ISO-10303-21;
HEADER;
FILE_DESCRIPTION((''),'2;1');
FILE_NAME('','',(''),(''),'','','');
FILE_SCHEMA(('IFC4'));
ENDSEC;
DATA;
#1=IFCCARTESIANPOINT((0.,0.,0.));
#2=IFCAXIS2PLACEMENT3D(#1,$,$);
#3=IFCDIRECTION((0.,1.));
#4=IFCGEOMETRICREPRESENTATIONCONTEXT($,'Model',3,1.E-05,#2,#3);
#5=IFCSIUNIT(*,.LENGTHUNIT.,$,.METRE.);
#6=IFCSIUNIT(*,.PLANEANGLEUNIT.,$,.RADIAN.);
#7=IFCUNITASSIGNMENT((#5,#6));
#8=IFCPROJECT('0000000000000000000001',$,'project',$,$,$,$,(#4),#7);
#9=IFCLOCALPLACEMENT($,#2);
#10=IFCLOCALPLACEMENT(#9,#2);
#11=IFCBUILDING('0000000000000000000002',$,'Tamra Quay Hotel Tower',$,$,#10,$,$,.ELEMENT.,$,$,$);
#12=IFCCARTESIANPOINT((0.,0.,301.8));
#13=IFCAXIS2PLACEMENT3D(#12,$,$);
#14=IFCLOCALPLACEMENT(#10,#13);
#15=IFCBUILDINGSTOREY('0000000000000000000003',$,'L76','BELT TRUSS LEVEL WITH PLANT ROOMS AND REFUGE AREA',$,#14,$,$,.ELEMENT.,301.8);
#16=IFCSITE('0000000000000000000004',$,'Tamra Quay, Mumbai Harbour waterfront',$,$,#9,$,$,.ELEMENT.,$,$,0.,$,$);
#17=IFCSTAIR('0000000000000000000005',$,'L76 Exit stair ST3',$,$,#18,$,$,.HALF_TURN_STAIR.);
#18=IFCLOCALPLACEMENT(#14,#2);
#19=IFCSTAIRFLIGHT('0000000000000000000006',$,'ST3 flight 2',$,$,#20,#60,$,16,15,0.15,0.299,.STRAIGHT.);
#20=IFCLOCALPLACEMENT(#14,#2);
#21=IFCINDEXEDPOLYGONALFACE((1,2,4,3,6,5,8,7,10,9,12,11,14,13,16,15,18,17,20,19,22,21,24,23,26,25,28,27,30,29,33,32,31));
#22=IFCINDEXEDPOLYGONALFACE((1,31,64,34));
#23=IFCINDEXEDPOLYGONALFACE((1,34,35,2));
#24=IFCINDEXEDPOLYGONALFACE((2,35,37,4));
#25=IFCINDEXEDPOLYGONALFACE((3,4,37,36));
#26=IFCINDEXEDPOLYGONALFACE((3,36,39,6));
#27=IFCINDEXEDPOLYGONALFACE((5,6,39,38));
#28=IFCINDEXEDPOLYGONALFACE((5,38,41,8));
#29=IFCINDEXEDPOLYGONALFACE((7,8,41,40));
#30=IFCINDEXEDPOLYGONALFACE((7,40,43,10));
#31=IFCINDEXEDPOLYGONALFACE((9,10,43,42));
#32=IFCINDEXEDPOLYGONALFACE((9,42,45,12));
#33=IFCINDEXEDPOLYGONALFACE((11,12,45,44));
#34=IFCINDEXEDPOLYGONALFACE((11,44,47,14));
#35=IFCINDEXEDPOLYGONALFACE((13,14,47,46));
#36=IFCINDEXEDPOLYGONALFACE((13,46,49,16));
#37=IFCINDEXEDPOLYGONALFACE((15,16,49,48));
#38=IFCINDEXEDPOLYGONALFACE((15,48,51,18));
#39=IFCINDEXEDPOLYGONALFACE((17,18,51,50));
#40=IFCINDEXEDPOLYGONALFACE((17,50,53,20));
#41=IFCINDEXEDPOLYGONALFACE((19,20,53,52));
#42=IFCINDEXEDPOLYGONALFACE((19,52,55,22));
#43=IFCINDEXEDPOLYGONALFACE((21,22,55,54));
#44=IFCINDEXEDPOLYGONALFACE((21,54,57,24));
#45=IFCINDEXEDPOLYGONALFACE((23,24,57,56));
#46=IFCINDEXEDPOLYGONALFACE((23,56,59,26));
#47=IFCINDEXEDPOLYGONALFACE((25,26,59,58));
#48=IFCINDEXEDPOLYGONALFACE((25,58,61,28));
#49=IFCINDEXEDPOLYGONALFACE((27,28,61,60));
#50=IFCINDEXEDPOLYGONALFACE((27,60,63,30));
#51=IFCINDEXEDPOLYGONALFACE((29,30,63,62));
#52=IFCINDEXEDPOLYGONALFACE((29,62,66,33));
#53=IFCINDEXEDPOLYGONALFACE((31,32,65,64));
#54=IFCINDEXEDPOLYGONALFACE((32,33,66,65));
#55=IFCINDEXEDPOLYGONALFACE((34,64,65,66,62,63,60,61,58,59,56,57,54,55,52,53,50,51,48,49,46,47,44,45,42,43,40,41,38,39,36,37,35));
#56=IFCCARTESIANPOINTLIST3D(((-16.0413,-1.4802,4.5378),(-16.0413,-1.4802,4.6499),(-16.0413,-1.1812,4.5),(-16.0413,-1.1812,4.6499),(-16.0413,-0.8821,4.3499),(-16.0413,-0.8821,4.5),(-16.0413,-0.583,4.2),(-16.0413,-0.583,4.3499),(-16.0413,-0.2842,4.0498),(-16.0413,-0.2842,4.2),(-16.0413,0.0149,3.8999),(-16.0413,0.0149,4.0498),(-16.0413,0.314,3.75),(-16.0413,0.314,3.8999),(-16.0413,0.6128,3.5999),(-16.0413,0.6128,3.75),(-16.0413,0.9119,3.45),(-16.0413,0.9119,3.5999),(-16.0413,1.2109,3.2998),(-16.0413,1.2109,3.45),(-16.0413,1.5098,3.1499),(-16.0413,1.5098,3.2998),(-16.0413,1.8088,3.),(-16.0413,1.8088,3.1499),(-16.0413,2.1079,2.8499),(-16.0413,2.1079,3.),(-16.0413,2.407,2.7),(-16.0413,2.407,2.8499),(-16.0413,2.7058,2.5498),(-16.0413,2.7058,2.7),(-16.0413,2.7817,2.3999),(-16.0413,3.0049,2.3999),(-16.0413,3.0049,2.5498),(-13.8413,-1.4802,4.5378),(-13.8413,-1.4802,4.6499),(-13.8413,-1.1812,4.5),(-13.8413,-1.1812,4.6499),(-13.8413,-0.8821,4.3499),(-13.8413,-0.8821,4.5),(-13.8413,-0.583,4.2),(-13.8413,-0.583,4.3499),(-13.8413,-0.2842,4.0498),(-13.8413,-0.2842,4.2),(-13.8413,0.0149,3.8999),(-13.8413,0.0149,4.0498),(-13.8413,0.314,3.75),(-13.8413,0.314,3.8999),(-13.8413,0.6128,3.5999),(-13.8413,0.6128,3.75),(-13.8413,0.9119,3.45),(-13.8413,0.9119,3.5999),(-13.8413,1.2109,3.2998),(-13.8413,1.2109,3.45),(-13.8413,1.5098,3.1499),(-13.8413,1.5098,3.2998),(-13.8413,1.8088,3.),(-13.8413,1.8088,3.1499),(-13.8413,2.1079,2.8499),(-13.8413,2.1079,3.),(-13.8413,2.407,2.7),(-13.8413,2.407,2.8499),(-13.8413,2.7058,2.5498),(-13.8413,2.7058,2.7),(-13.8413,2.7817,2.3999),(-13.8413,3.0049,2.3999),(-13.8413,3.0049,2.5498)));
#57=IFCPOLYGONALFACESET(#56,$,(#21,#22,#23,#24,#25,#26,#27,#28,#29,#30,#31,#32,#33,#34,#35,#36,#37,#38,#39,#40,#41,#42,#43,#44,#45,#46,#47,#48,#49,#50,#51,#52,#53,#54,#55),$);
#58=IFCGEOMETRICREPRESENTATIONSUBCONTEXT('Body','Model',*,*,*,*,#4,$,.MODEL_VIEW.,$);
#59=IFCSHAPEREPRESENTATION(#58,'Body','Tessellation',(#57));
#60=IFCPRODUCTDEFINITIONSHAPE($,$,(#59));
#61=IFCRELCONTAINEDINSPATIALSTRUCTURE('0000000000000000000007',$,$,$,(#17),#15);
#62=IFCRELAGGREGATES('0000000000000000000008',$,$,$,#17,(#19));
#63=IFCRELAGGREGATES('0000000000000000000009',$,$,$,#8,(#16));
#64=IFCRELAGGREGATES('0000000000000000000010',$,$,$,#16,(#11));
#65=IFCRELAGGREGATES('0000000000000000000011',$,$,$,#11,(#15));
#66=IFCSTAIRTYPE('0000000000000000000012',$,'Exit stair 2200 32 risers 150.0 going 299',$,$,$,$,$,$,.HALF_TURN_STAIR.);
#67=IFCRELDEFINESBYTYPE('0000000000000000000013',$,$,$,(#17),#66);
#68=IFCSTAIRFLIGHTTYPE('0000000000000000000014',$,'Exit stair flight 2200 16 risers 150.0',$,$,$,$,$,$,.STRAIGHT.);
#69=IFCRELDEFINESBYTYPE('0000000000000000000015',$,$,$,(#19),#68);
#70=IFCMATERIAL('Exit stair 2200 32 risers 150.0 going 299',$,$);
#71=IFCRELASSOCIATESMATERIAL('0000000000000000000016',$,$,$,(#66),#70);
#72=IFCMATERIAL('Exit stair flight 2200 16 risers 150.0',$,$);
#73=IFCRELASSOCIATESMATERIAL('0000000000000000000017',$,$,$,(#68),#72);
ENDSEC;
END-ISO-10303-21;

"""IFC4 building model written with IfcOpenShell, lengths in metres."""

from ifc_helpers import new_model, si_unit, direction, frame, origin, place, context, subcontext, project, spatial, polyline, outline, extrude, material, type_object, element, aggregate, save


model = new_model("IFC4")

# Units and contexts
model_context = context("Model", 3, precision=1e-05, world=origin(), true_north=direction((0.0, 1.0)))
body_context = subcontext(model_context, "Body", "Model", "MODEL_VIEW")
ifc_project = project(units=[si_unit("LENGTHUNIT", "METRE"), si_unit("PLANEANGLEUNIT", "RADIAN")], contexts=[model_context])

# Site, building, storey
site_placement = place(None, origin())
site = spatial("IfcSite", under=ifc_project, at=site_placement, Name="Tamra Quay, Mumbai Harbour waterfront", CompositionType="ELEMENT", RefElevation=0.0)
building_placement = place(site_placement, origin())
building = spatial("IfcBuilding", under=site, at=building_placement, Name="Tamra Quay Hotel Tower", CompositionType="ELEMENT")
storey_placement = place(building_placement, frame((0.0, 0.0, 301.8)))
storey = spatial("IfcBuildingStorey", under=building, at=storey_placement, Name="L76", Description="BELT TRUSS LEVEL WITH PLANT ROOMS AND REFUGE AREA", CompositionType="ELEMENT", Elevation=301.8)

# Stair, stair flight
ifc_material_1 = material(Name="Exit stair 2200 32 risers 150.0 going 299")
stair_type = type_object("IfcStairType", Name="Exit stair 2200 32 risers 150.0 going 299", PredefinedType="HALF_TURN_STAIR", material=ifc_material_1)
stair_placement = place(storey_placement, origin())
stair = element("IfcStair", 1, at=stair_placement, inside=storey, type_object=stair_type, Name="L76 Exit stair ST3", PredefinedType="HALF_TURN_STAIR")
ifc_material_2 = material(Name="Exit stair flight 2200 16 risers 150.0")
stair_flight_type = type_object("IfcStairFlightType", Name="Exit stair flight 2200 16 risers 150.0", PredefinedType="STRAIGHT", material=ifc_material_2)
stair_flight_placement = place(storey_placement, frame((-14.9414, 3.0049, 2.3999), z_axis=(0.0, 0.0, 1.0), x_axis=(0.0, -1.0, 0.0)))
stair_flight = element("IfcStairFlight", 2, at=stair_flight_placement, type_object=stair_flight_type, Name="ST3 flight 2", NumberOfRisers=16, NumberOfTreads=15, PredefinedType="STRAIGHT", RiserHeight=0.15, TreadLength=0.299, context=body_context, shape_type="SweptSolid", body=[
    extrude(outline(polyline([(0.0, 0.0), (0.0, 0.1499), (0.2991, 0.1499), (0.2991, 0.3), (0.5979, 0.3), (0.5979, 0.45), (0.897, 0.45), (0.897, 0.6001), (1.196, 0.6001), (1.196, 0.75), (1.4951, 0.75), (1.4951, 0.8999), (1.7939, 0.8999), (1.7939, 1.05), (2.093, 1.05), (2.093, 1.2), (2.3921, 1.2), (2.3921, 1.3501), (2.6909, 1.3501), (2.6909, 1.5), (2.99, 1.5), (2.99, 1.6499), (3.2891, 1.6499), (3.2891, 1.8), (3.5879, 1.8), (3.5879, 1.95), (3.887, 1.95), (3.887, 2.1001), (4.186, 2.1001), (4.186, 2.25), (4.4851, 2.25), (4.4851, 2.3999), (4.4851, 2.1379), (0.2231, 0.0), (0.0, 0.0)])), frame((0.0, 1.1001, 0.0), z_axis=(0.0, -1.0, 0.0), x_axis=(1.0, 0.0, 0.0)), (0.0, 0.0, 1.0), 2.2),
])
aggregate(stair, [stair_flight])

save(model, "model.ifc")
